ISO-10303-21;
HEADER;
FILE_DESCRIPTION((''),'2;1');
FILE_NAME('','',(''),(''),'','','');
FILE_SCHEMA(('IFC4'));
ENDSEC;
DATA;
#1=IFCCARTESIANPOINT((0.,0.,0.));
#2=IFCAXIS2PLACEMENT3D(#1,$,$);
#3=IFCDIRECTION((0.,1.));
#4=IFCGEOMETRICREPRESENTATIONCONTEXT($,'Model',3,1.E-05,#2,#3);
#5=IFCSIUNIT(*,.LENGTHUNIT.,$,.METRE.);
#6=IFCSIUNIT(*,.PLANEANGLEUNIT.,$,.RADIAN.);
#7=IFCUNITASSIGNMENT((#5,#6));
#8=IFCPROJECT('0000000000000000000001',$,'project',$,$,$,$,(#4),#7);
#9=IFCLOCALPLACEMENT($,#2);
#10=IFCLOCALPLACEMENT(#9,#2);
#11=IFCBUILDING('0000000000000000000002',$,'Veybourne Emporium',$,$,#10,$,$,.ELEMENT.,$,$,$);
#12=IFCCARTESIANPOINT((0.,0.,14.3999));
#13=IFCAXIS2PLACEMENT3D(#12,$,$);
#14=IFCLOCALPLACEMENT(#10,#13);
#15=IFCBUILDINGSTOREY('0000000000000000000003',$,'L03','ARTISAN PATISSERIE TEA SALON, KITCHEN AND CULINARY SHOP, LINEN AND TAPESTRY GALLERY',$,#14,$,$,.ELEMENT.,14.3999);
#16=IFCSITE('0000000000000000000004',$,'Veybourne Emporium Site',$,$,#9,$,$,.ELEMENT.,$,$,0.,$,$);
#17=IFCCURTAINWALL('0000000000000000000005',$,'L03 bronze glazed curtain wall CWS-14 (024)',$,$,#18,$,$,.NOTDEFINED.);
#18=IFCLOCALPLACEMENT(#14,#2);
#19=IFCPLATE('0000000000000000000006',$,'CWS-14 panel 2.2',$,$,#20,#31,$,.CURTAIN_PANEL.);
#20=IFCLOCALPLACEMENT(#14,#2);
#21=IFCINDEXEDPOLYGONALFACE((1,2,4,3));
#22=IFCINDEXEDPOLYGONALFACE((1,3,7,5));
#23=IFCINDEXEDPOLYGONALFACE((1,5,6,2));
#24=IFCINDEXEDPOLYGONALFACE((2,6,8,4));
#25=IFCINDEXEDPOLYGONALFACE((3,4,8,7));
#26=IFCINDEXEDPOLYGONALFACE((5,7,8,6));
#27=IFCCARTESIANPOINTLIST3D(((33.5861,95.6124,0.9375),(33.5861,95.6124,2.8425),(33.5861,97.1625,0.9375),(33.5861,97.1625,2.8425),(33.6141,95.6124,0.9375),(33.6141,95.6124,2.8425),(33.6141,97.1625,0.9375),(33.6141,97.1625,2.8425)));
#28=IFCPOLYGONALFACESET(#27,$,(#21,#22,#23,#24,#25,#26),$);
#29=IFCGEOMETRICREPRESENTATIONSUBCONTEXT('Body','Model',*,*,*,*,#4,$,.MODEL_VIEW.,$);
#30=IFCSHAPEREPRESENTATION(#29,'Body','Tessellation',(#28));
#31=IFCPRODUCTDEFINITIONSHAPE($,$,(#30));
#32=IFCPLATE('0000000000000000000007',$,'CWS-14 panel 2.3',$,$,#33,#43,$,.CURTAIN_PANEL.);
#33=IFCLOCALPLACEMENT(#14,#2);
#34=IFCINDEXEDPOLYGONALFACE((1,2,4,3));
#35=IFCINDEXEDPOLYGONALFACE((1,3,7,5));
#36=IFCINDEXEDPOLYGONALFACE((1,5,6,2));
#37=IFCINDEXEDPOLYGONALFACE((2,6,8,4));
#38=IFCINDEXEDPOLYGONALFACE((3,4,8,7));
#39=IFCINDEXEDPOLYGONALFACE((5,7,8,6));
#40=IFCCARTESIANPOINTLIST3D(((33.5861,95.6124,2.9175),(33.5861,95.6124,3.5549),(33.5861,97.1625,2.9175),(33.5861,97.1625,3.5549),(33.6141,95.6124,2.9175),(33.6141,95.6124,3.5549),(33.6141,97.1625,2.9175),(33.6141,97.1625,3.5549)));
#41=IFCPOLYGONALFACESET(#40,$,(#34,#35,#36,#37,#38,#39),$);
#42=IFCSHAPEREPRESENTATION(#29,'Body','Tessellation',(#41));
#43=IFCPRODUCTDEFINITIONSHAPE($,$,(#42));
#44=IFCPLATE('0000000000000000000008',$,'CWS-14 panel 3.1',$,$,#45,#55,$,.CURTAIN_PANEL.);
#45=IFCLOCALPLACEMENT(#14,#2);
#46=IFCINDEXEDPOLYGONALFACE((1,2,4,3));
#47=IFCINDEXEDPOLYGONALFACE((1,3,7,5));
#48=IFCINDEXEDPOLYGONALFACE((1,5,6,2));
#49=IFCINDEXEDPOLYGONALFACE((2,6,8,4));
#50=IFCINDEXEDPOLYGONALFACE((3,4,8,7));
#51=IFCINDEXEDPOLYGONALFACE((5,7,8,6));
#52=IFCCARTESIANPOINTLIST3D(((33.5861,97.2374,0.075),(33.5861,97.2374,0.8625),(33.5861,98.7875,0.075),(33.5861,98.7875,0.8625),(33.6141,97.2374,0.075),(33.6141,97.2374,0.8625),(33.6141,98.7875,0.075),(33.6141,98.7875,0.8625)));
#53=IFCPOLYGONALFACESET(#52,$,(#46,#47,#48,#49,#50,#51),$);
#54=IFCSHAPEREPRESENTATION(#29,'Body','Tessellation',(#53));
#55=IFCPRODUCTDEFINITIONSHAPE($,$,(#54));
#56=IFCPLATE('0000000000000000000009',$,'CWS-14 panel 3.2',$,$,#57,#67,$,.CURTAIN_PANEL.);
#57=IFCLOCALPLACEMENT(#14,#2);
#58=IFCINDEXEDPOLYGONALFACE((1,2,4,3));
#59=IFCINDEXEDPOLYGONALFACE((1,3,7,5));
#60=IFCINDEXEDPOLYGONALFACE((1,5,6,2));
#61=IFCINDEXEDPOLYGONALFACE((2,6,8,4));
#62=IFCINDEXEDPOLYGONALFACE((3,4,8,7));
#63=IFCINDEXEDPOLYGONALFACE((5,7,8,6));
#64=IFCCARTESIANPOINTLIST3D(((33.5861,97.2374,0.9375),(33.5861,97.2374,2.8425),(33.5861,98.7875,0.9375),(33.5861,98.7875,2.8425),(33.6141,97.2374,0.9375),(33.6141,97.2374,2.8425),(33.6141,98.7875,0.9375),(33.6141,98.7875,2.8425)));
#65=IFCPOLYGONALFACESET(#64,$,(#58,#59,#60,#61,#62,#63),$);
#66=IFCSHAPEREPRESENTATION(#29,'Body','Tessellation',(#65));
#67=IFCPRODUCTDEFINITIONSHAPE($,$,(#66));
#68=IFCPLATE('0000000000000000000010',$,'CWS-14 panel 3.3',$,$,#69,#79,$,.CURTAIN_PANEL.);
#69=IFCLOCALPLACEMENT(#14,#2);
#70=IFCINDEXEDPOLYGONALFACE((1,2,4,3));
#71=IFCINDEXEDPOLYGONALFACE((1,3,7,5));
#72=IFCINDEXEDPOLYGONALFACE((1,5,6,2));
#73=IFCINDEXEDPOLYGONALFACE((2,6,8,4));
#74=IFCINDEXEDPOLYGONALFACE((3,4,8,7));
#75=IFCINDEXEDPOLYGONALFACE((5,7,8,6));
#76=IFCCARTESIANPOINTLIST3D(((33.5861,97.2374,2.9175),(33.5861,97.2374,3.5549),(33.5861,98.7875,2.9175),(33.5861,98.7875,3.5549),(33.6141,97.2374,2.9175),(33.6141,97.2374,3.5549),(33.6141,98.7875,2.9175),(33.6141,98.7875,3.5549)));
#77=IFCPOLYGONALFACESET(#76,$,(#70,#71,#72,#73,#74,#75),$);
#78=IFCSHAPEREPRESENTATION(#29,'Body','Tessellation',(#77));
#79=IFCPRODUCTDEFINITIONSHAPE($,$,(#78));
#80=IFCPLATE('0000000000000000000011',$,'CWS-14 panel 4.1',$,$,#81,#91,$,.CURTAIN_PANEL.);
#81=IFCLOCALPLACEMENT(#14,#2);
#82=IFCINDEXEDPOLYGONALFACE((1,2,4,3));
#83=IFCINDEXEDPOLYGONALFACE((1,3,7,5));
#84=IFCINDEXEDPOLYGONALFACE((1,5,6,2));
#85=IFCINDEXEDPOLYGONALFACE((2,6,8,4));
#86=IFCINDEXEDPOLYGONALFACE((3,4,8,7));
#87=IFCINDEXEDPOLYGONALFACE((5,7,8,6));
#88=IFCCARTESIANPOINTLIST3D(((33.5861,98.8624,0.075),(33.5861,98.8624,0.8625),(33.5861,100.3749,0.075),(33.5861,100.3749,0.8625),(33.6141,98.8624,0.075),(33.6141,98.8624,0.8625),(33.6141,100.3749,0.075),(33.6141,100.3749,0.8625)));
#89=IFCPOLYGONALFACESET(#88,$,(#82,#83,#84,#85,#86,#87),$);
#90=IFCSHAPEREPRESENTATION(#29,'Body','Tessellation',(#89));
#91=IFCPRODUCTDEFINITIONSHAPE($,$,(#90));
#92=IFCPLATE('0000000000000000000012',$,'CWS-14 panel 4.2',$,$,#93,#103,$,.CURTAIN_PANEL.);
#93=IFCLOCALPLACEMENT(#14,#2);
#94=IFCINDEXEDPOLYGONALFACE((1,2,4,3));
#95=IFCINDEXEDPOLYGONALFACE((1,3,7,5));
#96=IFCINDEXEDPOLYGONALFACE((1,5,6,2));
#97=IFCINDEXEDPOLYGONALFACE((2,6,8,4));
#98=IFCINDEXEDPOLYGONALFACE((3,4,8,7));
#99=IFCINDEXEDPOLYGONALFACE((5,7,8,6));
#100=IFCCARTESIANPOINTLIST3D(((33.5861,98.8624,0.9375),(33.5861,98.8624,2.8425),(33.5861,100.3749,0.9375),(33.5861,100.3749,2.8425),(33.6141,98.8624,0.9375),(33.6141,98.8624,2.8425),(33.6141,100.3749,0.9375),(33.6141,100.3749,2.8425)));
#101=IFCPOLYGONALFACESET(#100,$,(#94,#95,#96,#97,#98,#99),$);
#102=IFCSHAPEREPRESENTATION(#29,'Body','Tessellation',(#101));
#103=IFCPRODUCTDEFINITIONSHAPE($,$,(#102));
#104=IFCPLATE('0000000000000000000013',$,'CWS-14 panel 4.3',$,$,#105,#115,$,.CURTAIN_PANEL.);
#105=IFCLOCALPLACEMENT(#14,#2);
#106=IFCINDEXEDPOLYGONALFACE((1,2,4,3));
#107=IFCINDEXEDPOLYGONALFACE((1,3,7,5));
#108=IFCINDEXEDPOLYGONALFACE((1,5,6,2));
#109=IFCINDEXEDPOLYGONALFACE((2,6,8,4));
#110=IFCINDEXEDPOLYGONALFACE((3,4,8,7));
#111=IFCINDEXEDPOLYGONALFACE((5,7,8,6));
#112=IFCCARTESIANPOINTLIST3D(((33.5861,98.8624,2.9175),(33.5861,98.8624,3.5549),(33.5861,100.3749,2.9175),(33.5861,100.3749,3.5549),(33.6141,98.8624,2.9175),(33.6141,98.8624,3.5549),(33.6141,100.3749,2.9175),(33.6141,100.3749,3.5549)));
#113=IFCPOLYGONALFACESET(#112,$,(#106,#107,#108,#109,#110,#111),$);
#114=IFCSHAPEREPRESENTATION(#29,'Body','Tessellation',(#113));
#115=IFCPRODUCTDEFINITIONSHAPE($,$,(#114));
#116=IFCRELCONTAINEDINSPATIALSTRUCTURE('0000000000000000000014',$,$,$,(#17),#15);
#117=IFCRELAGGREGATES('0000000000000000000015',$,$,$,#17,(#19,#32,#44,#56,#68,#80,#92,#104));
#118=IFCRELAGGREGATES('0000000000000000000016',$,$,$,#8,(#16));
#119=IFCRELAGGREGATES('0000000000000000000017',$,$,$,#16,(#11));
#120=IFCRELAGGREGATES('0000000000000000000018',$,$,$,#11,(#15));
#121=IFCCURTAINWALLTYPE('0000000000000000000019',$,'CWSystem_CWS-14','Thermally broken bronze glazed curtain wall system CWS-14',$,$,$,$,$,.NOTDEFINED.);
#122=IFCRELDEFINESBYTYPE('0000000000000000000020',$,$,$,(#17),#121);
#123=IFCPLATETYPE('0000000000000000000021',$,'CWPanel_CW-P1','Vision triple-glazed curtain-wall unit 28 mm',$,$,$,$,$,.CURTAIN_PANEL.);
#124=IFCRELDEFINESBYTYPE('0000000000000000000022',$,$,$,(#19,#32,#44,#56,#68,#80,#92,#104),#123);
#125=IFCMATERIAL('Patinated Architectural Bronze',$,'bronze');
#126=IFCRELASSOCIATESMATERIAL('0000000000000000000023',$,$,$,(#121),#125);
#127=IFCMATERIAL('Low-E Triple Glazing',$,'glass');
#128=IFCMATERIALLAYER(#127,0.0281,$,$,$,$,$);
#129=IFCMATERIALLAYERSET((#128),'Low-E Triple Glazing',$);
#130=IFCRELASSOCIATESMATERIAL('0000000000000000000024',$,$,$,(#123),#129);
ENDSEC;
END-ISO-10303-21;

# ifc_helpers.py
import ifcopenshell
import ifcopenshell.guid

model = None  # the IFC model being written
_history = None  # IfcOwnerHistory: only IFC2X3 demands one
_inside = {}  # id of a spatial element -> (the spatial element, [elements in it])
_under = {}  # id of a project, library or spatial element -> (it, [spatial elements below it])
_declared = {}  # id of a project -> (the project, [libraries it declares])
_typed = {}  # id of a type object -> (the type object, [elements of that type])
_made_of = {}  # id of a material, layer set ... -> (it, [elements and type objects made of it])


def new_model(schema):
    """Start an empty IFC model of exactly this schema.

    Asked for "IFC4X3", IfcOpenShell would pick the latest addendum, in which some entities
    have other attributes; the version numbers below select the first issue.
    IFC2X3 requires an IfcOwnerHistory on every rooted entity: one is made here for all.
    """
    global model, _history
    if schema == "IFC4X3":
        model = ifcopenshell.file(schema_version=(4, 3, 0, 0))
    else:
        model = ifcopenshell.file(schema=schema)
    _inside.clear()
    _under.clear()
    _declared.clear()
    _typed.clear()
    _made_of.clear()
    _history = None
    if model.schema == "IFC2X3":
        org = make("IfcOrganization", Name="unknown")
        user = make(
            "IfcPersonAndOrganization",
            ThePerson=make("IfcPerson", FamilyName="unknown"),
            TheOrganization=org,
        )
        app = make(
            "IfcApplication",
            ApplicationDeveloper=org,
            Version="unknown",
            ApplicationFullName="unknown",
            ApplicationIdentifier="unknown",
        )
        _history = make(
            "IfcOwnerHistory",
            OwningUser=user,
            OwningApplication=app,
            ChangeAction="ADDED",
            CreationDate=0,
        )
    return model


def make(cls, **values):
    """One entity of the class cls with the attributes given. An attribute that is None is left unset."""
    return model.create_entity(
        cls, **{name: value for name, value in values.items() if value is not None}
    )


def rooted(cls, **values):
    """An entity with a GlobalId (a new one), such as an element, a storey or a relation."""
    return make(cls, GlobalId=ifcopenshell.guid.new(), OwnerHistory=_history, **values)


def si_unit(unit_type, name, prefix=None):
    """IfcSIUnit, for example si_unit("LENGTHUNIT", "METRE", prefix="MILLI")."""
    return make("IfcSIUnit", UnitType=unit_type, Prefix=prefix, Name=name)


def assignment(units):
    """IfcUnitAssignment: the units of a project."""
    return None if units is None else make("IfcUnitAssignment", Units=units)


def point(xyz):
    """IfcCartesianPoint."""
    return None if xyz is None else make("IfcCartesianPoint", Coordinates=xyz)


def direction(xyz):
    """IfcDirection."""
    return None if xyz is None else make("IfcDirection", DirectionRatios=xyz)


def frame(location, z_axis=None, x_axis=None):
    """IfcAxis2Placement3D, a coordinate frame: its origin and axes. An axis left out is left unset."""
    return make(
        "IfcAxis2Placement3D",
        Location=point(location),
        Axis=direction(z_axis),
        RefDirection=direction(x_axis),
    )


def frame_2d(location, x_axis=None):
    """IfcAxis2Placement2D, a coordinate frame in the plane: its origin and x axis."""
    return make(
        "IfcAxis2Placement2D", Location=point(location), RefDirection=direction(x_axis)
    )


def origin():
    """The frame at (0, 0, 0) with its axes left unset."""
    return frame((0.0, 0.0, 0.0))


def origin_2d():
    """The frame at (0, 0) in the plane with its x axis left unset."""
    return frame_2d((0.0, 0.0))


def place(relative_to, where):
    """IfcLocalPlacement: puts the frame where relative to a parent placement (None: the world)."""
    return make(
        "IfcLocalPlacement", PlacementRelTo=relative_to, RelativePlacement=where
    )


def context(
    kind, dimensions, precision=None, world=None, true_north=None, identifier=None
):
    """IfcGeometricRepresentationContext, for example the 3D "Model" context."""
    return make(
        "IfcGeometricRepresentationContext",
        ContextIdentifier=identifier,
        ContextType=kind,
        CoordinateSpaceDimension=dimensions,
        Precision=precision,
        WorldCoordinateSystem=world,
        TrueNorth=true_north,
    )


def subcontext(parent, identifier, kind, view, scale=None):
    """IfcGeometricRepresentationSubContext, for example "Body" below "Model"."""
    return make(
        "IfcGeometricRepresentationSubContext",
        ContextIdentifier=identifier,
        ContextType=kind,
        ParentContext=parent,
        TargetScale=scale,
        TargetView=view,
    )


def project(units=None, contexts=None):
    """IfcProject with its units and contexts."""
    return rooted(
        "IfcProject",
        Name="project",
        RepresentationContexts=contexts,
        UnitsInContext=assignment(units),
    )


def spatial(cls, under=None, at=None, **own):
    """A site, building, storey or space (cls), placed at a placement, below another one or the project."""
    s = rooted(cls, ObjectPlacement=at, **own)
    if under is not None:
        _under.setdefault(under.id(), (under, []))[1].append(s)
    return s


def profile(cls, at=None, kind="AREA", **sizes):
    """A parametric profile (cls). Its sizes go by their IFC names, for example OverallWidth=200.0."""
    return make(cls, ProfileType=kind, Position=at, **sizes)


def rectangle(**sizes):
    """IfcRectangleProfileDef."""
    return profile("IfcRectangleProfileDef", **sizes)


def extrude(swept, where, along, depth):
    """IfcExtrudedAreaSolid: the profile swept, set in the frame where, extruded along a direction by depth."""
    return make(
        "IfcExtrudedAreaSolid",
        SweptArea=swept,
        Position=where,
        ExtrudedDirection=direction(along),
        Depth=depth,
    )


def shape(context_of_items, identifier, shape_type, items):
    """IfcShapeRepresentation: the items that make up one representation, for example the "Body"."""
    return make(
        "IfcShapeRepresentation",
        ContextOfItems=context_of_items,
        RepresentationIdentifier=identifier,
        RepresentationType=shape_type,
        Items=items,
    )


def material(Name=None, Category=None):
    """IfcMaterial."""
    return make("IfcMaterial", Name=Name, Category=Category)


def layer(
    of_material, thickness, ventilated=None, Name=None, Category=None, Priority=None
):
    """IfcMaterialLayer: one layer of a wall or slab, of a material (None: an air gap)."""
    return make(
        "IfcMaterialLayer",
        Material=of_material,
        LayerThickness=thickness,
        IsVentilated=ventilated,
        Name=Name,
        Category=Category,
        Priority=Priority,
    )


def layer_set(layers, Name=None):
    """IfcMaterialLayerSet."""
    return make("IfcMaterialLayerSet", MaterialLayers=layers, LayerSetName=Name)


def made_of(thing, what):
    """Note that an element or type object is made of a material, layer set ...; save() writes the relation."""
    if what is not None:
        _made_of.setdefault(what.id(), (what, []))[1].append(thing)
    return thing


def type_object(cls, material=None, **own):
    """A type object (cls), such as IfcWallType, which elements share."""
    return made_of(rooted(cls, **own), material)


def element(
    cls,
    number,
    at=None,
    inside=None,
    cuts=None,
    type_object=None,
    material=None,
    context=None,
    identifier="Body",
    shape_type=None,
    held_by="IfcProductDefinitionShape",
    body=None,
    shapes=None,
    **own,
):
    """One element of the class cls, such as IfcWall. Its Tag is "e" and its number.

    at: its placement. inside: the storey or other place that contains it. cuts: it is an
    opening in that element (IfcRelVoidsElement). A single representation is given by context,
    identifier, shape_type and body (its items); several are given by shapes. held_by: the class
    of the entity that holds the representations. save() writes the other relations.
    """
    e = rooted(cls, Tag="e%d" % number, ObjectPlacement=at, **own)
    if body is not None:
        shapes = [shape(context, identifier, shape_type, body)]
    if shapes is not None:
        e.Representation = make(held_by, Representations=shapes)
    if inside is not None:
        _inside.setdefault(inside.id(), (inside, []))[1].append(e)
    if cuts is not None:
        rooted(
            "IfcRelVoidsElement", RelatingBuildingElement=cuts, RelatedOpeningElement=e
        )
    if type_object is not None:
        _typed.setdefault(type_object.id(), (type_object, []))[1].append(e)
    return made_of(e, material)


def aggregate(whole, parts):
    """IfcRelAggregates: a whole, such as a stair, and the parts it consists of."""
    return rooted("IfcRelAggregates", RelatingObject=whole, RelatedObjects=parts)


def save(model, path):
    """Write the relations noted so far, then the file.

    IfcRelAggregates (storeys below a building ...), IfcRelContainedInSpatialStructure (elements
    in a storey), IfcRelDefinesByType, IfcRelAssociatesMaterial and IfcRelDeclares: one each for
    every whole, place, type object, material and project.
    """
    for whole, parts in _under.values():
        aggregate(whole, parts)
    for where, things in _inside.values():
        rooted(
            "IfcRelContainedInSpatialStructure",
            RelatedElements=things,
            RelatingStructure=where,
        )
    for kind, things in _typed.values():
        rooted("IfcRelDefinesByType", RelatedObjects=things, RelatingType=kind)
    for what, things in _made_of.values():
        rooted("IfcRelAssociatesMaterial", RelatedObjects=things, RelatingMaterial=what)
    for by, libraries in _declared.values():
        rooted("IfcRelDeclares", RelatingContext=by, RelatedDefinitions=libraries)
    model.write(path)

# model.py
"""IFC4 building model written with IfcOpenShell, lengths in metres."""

from ifc_helpers import new_model, si_unit, direction, frame, origin, origin_2d, place, context, subcontext, project, spatial, rectangle, extrude, material, layer, layer_set, type_object, element, aggregate, save


model = new_model("IFC4")

# Units and contexts
model_context = context("Model", 3, precision=1e-05, world=origin(), true_north=direction((0.0, 1.0)))
body_context = subcontext(model_context, "Body", "Model", "MODEL_VIEW")
ifc_project = project(units=[si_unit("LENGTHUNIT", "METRE"), si_unit("PLANEANGLEUNIT", "RADIAN")], contexts=[model_context])

# Site, building, storey
site_placement = place(None, origin())
site = spatial("IfcSite", under=ifc_project, at=site_placement, Name="Veybourne Emporium Site", CompositionType="ELEMENT", RefElevation=0.0)
building_placement = place(site_placement, origin())
building = spatial("IfcBuilding", under=site, at=building_placement, Name="Veybourne Emporium", CompositionType="ELEMENT")
storey_placement = place(building_placement, frame((0.0, 0.0, 14.3999)))
storey = spatial("IfcBuildingStorey", under=building, at=storey_placement, Name="L03", Description="ARTISAN PATISSERIE TEA SALON, KITCHEN AND CULINARY SHOP, LINEN AND TAPESTRY GALLERY", CompositionType="ELEMENT", Elevation=14.3999)

# Curtain wall, plates
ifc_material_1 = material(Name="Patinated Architectural Bronze", Category="bronze")
curtain_wall_type = type_object("IfcCurtainWallType", Name="CWSystem_CWS-14", Description="Thermally broken bronze glazed curtain wall system CWS-14", PredefinedType="NOTDEFINED", material=ifc_material_1)
curtain_wall_placement = place(storey_placement, origin())
curtain_wall = element("IfcCurtainWall", 1, at=curtain_wall_placement, inside=storey, type_object=curtain_wall_type, Name="L03 bronze glazed curtain wall CWS-14 (024)", PredefinedType="NOTDEFINED")
ifc_material_2 = material(Name="Low-E Triple Glazing", Category="glass")
ifc_layer_1 = layer(ifc_material_2, 0.0281)
ifc_layer_set_1 = layer_set([ifc_layer_1], Name="Low-E Triple Glazing")
plate_type = type_object("IfcPlateType", Name="CWPanel_CW-P1", Description="Vision triple-glazed curtain-wall unit 28 mm", PredefinedType="CURTAIN_PANEL", material=ifc_layer_set_1)
plate_1_placement = place(storey_placement, frame((33.6001, 96.3875, 0.9375), z_axis=(0.0, 0.0, 1.0), x_axis=(0.0, 1.0, 0.0)))
plate_1 = element("IfcPlate", 2, at=plate_1_placement, type_object=plate_type, Name="CWS-14 panel 2.2", PredefinedType="CURTAIN_PANEL", context=body_context, shape_type="SweptSolid", body=[
    extrude(rectangle(XDim=1.55, YDim=0.0281, at=origin_2d()), origin(), (0.0, 0.0, 1.0), 1.905),
])
plate_2_placement = place(storey_placement, frame((33.6001, 96.3875, 2.9175), z_axis=(0.0, 0.0, 1.0), x_axis=(0.0, 1.0, 0.0)))
plate_2 = element("IfcPlate", 3, at=plate_2_placement, type_object=plate_type, Name="CWS-14 panel 2.3", PredefinedType="CURTAIN_PANEL", context=body_context, shape_type="SweptSolid", body=[
    extrude(rectangle(XDim=1.55, YDim=0.0281, at=origin_2d()), origin(), (0.0, 0.0, 1.0), 0.6375),
])
plate_3_placement = place(storey_placement, frame((33.6001, 98.0125, 0.075), z_axis=(0.0, 0.0, 1.0), x_axis=(0.0, 1.0, 0.0)))
plate_3 = element("IfcPlate", 4, at=plate_3_placement, type_object=plate_type, Name="CWS-14 panel 3.1", PredefinedType="CURTAIN_PANEL", context=body_context, shape_type="SweptSolid", body=[
    extrude(rectangle(XDim=1.55, YDim=0.0281, at=origin_2d()), origin(), (0.0, 0.0, 1.0), 0.7876),
])
plate_4_placement = place(storey_placement, frame((33.6001, 98.0125, 0.9375), z_axis=(0.0, 0.0, 1.0), x_axis=(0.0, 1.0, 0.0)))
plate_4 = element("IfcPlate", 5, at=plate_4_placement, type_object=plate_type, Name="CWS-14 panel 3.2", PredefinedType="CURTAIN_PANEL", context=body_context, shape_type="SweptSolid", body=[
    extrude(rectangle(XDim=1.55, YDim=0.0281, at=origin_2d()), origin(), (0.0, 0.0, 1.0), 1.905),
])
plate_5_placement = place(storey_placement, frame((33.6001, 98.0125, 2.9175), z_axis=(0.0, 0.0, 1.0), x_axis=(0.0, 1.0, 0.0)))
plate_5 = element("IfcPlate", 6, at=plate_5_placement, type_object=plate_type, Name="CWS-14 panel 3.3", PredefinedType="CURTAIN_PANEL", context=body_context, shape_type="SweptSolid", body=[
    extrude(rectangle(XDim=1.55, YDim=0.0281, at=origin_2d()), origin(), (0.0, 0.0, 1.0), 0.6375),
])
plate_6_placement = place(storey_placement, frame((33.6001, 99.6187, 0.075), z_axis=(0.0, 0.0, 1.0), x_axis=(0.0, 1.0, 0.0)))
plate_6 = element("IfcPlate", 7, at=plate_6_placement, type_object=plate_type, Name="CWS-14 panel 4.1", PredefinedType="CURTAIN_PANEL", context=body_context, shape_type="SweptSolid", body=[
    extrude(rectangle(XDim=1.5125, YDim=0.0281, at=origin_2d()), origin(), (0.0, 0.0, 1.0), 0.7876),
])
plate_7_placement = place(storey_placement, frame((33.6001, 99.6187, 0.9375), z_axis=(0.0, 0.0, 1.0), x_axis=(0.0, 1.0, 0.0)))
plate_7 = element("IfcPlate", 8, at=plate_7_placement, type_object=plate_type, Name="CWS-14 panel 4.2", PredefinedType="CURTAIN_PANEL", context=body_context, shape_type="SweptSolid", body=[
    extrude(rectangle(XDim=1.5125, YDim=0.0281, at=origin_2d()), origin(), (0.0, 0.0, 1.0), 1.905),
])
plate_8_placement = place(storey_placement, frame((33.6001, 99.6187, 2.9175), z_axis=(0.0, 0.0, 1.0), x_axis=(0.0, 1.0, 0.0)))
plate_8 = element("IfcPlate", 9, at=plate_8_placement, type_object=plate_type, Name="CWS-14 panel 4.3", PredefinedType="CURTAIN_PANEL", context=body_context, shape_type="SweptSolid", body=[
    extrude(rectangle(XDim=1.5125, YDim=0.0281, at=origin_2d()), origin(), (0.0, 0.0, 1.0), 0.6375),
])
aggregate(curtain_wall, [plate_1, plate_2, plate_3, plate_4, plate_5, plate_6, plate_7, plate_8])

save(model, "model.ifc")
